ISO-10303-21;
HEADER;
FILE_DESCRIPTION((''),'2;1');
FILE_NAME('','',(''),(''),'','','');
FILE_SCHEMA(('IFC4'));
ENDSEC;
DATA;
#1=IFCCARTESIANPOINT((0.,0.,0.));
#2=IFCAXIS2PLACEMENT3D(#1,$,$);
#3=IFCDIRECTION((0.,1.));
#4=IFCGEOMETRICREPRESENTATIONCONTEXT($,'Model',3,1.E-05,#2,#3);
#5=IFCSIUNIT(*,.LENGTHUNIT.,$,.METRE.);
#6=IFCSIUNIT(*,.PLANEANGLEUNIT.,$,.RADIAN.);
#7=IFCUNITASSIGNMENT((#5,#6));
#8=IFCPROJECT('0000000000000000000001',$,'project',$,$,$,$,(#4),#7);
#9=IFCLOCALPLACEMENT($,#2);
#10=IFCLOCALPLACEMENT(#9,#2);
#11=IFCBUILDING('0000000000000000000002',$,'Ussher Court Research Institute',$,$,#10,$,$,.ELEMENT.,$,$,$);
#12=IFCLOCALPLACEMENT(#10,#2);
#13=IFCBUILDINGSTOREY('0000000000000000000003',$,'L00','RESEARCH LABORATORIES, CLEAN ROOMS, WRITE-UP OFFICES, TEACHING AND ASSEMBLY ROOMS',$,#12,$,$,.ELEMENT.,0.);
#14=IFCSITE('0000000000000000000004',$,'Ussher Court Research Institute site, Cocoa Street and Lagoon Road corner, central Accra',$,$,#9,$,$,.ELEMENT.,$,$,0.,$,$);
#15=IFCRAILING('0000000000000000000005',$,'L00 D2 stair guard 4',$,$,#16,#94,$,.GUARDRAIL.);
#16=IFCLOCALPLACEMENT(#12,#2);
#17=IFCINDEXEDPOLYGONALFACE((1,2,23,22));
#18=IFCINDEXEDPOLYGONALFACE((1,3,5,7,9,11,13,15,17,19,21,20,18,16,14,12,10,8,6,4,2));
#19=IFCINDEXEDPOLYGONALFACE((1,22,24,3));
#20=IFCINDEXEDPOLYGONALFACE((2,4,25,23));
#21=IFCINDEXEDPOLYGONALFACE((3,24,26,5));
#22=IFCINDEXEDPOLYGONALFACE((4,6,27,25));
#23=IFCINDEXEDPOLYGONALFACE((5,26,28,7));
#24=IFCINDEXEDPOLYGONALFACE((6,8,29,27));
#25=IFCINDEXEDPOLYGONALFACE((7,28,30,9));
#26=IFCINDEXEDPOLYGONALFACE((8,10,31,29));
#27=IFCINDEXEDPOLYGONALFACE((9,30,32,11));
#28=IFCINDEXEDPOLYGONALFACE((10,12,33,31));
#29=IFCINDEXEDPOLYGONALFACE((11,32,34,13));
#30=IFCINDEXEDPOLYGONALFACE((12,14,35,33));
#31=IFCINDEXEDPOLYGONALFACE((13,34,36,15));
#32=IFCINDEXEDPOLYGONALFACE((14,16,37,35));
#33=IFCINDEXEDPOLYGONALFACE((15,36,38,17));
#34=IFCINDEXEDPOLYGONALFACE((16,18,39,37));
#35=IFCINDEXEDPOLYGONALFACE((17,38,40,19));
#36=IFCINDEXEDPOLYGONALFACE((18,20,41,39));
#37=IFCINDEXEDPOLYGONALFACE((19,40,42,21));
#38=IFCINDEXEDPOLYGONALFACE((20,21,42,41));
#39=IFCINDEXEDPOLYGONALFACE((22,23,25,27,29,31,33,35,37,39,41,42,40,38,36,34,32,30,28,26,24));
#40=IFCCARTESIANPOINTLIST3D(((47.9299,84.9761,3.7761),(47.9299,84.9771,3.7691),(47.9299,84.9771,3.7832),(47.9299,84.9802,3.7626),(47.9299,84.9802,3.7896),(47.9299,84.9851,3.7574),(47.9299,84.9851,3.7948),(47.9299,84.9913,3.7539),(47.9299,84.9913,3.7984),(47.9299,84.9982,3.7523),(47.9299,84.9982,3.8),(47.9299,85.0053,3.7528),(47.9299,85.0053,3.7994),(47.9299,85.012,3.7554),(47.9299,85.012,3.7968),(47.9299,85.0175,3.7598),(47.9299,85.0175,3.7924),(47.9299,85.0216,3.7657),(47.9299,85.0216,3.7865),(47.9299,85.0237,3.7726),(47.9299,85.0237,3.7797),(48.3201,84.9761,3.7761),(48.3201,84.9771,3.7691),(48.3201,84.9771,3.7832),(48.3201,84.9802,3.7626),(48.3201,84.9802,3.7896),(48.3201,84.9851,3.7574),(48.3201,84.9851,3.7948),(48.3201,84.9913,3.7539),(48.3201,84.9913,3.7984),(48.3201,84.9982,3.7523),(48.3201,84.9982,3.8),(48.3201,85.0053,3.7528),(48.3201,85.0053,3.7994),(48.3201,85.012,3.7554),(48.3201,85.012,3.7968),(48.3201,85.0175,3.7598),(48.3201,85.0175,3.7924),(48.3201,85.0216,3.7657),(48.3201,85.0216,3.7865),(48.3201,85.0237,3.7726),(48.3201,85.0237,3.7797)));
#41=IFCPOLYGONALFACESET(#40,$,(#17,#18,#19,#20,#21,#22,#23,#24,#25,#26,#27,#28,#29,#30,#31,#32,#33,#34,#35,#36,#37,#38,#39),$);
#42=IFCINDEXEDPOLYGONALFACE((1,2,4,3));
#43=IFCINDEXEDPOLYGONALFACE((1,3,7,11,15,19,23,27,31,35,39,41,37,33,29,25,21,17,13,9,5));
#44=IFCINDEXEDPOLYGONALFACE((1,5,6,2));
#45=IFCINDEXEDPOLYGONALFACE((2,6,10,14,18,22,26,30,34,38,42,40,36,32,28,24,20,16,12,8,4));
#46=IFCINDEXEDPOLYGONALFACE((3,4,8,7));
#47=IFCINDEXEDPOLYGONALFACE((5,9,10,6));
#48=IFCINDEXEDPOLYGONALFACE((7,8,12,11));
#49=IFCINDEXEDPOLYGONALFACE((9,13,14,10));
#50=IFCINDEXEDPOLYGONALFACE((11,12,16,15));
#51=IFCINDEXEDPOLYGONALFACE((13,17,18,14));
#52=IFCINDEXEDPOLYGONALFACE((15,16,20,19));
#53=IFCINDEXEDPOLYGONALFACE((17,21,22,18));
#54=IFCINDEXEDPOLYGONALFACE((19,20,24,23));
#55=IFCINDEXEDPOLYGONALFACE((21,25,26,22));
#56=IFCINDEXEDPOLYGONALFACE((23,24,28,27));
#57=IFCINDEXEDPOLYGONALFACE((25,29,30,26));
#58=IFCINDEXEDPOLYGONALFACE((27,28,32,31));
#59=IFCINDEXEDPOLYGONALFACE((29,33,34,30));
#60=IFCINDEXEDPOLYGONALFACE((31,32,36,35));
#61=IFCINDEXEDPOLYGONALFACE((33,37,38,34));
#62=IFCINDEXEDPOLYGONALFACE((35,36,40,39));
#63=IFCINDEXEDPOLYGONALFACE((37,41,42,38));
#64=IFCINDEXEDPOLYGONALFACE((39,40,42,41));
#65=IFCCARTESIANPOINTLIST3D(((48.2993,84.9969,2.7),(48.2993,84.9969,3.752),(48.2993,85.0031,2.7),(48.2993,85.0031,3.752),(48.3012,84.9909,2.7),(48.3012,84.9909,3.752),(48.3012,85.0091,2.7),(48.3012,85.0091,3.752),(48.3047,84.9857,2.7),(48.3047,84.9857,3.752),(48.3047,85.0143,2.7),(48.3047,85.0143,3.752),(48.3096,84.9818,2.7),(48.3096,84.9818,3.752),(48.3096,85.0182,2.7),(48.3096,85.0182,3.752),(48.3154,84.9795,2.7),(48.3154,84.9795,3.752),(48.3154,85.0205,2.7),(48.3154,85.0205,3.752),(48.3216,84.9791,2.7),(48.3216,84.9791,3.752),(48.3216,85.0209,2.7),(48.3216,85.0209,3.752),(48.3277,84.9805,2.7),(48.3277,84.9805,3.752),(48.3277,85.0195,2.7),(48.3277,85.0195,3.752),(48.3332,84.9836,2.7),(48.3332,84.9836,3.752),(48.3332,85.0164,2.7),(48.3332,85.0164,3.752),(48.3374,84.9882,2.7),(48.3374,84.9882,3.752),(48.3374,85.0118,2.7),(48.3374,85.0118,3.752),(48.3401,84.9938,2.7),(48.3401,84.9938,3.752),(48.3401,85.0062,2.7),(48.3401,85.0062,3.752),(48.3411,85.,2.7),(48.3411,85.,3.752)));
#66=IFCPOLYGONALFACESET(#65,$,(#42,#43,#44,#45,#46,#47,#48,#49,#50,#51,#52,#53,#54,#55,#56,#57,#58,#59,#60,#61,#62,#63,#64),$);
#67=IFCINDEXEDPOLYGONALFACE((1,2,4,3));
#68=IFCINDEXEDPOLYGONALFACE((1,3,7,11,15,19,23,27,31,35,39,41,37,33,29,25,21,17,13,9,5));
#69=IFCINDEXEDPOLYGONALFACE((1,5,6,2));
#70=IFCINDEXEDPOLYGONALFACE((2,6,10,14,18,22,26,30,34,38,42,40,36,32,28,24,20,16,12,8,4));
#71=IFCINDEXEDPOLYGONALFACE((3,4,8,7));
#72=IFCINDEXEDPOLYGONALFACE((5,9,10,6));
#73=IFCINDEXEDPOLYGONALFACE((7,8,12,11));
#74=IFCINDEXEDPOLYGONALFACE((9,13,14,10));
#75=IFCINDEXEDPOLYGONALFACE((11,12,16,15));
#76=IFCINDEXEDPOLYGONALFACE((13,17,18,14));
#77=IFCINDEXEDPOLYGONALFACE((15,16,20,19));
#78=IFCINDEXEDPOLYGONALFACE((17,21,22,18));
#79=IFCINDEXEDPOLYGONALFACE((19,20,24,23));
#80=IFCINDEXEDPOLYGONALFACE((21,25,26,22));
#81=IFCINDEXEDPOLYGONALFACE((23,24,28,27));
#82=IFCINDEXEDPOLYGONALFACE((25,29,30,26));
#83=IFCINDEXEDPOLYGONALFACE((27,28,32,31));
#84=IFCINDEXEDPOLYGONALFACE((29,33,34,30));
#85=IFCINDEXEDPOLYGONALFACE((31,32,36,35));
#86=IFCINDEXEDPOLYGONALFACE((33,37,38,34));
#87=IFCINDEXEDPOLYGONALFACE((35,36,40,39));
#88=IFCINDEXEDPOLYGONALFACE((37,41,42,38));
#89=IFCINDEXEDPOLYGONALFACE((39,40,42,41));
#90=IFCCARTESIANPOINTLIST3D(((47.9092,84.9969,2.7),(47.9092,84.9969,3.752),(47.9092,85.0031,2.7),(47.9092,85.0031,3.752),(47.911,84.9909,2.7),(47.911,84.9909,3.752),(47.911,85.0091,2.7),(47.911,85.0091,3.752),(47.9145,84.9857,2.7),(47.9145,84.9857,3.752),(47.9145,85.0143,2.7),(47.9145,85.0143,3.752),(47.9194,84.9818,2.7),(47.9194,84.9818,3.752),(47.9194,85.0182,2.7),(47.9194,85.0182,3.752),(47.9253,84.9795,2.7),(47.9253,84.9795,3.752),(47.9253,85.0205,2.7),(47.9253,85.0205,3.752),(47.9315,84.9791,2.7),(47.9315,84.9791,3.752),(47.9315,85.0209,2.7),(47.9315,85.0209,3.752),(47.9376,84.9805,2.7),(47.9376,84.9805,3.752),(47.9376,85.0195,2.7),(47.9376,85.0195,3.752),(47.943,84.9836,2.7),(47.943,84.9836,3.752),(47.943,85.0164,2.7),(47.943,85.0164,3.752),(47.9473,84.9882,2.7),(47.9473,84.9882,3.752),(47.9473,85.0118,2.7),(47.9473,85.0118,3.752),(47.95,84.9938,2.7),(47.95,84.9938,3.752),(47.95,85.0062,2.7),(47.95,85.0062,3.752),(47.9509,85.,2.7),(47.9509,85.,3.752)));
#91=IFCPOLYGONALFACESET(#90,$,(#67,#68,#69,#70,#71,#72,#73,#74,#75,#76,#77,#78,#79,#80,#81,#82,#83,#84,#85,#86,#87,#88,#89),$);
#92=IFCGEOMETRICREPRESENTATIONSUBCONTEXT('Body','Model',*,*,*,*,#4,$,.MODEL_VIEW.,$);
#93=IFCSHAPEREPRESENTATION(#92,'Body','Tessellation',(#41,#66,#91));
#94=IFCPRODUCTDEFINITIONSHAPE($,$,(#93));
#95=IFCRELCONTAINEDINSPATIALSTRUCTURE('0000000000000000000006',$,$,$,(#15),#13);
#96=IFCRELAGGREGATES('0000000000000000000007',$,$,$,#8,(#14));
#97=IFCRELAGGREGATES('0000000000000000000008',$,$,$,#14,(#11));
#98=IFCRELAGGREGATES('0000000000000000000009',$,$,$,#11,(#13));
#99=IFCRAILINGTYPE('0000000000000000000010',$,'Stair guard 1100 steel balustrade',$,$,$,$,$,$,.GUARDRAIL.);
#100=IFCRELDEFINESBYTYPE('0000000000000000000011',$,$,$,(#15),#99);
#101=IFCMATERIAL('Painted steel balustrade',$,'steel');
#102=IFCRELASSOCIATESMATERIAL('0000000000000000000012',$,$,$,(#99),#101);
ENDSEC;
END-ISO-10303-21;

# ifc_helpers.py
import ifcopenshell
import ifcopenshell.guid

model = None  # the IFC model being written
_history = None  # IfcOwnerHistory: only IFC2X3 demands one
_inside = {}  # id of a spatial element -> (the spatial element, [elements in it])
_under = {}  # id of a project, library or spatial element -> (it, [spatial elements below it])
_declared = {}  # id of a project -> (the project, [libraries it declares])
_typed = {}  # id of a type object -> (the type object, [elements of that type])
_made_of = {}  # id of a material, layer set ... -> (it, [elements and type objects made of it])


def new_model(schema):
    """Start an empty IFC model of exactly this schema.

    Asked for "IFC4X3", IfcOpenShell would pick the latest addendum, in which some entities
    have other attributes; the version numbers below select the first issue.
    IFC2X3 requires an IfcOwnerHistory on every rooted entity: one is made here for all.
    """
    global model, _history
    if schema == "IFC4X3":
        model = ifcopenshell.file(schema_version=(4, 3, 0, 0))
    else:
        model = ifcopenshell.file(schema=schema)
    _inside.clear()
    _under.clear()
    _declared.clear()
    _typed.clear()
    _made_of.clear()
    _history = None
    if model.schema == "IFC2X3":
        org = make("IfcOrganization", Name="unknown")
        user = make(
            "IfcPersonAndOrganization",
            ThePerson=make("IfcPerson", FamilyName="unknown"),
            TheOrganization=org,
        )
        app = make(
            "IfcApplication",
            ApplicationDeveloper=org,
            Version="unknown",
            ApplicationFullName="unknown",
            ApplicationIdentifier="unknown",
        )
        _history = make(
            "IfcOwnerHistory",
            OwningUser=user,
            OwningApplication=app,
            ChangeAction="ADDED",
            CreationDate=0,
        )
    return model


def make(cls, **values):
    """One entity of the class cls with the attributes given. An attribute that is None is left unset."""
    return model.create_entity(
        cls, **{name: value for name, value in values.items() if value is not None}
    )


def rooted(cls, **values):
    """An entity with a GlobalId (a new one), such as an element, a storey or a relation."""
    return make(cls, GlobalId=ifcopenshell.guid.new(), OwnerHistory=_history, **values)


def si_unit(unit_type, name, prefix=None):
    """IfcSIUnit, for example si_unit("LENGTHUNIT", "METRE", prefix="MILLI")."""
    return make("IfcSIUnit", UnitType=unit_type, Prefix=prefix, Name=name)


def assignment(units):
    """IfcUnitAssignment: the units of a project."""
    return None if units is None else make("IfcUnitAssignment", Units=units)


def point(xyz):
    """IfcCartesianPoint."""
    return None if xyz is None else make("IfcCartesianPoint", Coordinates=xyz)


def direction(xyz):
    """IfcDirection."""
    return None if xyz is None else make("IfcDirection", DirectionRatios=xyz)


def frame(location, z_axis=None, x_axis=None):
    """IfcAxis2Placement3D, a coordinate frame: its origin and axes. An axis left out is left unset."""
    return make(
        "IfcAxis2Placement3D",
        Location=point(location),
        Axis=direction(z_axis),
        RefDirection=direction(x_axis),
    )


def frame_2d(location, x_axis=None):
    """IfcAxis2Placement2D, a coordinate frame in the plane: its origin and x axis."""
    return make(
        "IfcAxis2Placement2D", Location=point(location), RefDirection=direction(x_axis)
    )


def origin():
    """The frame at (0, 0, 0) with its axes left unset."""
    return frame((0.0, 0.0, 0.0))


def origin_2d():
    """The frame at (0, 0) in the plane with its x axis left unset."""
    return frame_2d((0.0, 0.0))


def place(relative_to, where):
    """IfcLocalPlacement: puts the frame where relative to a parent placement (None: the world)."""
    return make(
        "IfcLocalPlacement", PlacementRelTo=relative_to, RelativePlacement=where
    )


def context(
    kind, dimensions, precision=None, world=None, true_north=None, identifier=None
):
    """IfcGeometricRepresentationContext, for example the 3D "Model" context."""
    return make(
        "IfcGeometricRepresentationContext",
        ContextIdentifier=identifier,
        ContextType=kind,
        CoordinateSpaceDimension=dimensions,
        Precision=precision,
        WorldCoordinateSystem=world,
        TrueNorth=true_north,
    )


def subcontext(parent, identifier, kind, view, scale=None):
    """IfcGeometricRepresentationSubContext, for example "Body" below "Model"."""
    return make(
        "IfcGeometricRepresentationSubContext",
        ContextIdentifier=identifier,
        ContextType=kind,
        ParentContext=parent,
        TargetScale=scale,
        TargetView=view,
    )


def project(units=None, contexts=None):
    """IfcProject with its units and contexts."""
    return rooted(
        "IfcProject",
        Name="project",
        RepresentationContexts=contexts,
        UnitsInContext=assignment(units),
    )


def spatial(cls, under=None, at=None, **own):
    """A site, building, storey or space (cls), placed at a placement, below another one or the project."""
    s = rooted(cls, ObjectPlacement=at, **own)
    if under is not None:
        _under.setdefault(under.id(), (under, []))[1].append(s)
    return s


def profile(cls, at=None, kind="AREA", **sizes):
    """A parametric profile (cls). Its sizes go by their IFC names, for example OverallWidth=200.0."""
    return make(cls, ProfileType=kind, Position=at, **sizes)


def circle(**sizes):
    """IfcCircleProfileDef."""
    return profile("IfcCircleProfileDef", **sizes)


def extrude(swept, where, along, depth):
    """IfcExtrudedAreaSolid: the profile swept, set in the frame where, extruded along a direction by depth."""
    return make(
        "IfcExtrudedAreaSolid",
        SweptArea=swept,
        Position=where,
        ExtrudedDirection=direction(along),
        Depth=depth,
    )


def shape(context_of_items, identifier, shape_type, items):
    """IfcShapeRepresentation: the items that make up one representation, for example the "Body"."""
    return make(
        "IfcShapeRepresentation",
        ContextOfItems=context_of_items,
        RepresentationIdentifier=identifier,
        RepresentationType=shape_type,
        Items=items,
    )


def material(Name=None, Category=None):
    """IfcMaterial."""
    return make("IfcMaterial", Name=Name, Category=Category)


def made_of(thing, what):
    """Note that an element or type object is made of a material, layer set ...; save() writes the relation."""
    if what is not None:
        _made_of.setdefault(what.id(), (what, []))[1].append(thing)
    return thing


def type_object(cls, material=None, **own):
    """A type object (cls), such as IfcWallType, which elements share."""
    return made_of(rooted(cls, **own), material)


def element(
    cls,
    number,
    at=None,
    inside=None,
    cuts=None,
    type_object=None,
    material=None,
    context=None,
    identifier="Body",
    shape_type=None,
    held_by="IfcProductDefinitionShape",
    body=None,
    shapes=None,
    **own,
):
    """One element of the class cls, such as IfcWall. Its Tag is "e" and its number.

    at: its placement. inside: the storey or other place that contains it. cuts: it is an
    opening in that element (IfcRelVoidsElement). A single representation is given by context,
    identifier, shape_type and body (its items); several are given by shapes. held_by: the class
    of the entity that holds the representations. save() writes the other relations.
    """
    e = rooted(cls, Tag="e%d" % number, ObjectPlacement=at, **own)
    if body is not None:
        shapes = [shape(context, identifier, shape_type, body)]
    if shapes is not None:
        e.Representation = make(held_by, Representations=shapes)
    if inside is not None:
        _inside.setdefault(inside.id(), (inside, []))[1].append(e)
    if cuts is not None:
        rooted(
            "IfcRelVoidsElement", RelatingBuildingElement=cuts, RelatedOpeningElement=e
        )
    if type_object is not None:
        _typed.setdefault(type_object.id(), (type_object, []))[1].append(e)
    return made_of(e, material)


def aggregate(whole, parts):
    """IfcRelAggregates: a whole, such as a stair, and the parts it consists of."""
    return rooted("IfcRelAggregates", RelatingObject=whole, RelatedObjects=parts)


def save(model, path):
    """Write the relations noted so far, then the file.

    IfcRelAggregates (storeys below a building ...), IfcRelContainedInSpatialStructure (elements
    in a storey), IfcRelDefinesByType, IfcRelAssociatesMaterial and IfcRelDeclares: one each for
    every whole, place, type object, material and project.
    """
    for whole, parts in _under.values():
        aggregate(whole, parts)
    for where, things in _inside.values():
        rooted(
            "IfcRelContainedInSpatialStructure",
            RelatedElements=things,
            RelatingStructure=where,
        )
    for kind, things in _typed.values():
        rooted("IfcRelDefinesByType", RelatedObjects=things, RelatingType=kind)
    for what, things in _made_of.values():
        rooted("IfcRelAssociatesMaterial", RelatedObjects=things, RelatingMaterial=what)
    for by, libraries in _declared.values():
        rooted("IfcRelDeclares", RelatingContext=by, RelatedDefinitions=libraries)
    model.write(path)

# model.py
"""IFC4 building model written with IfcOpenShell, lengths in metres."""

from ifc_helpers import new_model, si_unit, direction, frame, origin, origin_2d, place, context, subcontext, project, spatial, circle, extrude, material, type_object, element, save


model = new_model("IFC4")

# Units and contexts
model_context = context("Model", 3, precision=1e-05, world=origin(), true_north=direction((0.0, 1.0)))
body_context = subcontext(model_context, "Body", "Model", "MODEL_VIEW")
ifc_project = project(units=[si_unit("LENGTHUNIT", "METRE"), si_unit("PLANEANGLEUNIT", "RADIAN")], contexts=[model_context])

# Site, building, storey
site_placement = place(None, origin())
site = spatial("IfcSite", under=ifc_project, at=site_placement, Name="Ussher Court Research Institute site, Cocoa Street and Lagoon Road corner, central Accra", CompositionType="ELEMENT", RefElevation=0.0)
building_placement = place(site_placement, origin())
building = spatial("IfcBuilding", under=site, at=building_placement, Name="Ussher Court Research Institute", CompositionType="ELEMENT")
storey_placement = place(building_placement, origin())
storey = spatial("IfcBuildingStorey", under=building, at=storey_placement, Name="L00", Description="RESEARCH LABORATORIES, CLEAN ROOMS, WRITE-UP OFFICES, TEACHING AND ASSEMBLY ROOMS", CompositionType="ELEMENT", Elevation=0.0)

# Railing
ifc_material_1 = material(Name="Painted steel balustrade", Category="steel")
railing_type_1 = type_object("IfcRailingType", Name="Stair guard 1100 steel balustrade", PredefinedType="GUARDRAIL", material=ifc_material_1)
railing_1_placement = place(storey_placement, frame((48.3201, 85.0, 2.7)))
element("IfcRailing", 1, at=railing_1_placement, inside=storey, type_object=railing_type_1, Name="L00 D2 stair guard 4", PredefinedType="GUARDRAIL", context=body_context, shape_type="SweptSolid", body=[
    extrude(circle(Radius=0.0239, at=origin_2d()), frame((0.0, 0.0, 1.0762), z_axis=(-1.0, 0.0, 0.0), x_axis=(0.0, -1.0, 0.0)), (0.0, 0.0, 1.0), 0.3901),
    extrude(circle(Radius=0.021, at=origin_2d()), origin(), (0.0, 0.0, 1.0), 1.052),
    extrude(circle(Radius=0.021, at=origin_2d()), frame((-0.3901, 0.0, 0.0)), (0.0, 0.0, 1.0), 1.052),
])

save(model, "model.ifc")
